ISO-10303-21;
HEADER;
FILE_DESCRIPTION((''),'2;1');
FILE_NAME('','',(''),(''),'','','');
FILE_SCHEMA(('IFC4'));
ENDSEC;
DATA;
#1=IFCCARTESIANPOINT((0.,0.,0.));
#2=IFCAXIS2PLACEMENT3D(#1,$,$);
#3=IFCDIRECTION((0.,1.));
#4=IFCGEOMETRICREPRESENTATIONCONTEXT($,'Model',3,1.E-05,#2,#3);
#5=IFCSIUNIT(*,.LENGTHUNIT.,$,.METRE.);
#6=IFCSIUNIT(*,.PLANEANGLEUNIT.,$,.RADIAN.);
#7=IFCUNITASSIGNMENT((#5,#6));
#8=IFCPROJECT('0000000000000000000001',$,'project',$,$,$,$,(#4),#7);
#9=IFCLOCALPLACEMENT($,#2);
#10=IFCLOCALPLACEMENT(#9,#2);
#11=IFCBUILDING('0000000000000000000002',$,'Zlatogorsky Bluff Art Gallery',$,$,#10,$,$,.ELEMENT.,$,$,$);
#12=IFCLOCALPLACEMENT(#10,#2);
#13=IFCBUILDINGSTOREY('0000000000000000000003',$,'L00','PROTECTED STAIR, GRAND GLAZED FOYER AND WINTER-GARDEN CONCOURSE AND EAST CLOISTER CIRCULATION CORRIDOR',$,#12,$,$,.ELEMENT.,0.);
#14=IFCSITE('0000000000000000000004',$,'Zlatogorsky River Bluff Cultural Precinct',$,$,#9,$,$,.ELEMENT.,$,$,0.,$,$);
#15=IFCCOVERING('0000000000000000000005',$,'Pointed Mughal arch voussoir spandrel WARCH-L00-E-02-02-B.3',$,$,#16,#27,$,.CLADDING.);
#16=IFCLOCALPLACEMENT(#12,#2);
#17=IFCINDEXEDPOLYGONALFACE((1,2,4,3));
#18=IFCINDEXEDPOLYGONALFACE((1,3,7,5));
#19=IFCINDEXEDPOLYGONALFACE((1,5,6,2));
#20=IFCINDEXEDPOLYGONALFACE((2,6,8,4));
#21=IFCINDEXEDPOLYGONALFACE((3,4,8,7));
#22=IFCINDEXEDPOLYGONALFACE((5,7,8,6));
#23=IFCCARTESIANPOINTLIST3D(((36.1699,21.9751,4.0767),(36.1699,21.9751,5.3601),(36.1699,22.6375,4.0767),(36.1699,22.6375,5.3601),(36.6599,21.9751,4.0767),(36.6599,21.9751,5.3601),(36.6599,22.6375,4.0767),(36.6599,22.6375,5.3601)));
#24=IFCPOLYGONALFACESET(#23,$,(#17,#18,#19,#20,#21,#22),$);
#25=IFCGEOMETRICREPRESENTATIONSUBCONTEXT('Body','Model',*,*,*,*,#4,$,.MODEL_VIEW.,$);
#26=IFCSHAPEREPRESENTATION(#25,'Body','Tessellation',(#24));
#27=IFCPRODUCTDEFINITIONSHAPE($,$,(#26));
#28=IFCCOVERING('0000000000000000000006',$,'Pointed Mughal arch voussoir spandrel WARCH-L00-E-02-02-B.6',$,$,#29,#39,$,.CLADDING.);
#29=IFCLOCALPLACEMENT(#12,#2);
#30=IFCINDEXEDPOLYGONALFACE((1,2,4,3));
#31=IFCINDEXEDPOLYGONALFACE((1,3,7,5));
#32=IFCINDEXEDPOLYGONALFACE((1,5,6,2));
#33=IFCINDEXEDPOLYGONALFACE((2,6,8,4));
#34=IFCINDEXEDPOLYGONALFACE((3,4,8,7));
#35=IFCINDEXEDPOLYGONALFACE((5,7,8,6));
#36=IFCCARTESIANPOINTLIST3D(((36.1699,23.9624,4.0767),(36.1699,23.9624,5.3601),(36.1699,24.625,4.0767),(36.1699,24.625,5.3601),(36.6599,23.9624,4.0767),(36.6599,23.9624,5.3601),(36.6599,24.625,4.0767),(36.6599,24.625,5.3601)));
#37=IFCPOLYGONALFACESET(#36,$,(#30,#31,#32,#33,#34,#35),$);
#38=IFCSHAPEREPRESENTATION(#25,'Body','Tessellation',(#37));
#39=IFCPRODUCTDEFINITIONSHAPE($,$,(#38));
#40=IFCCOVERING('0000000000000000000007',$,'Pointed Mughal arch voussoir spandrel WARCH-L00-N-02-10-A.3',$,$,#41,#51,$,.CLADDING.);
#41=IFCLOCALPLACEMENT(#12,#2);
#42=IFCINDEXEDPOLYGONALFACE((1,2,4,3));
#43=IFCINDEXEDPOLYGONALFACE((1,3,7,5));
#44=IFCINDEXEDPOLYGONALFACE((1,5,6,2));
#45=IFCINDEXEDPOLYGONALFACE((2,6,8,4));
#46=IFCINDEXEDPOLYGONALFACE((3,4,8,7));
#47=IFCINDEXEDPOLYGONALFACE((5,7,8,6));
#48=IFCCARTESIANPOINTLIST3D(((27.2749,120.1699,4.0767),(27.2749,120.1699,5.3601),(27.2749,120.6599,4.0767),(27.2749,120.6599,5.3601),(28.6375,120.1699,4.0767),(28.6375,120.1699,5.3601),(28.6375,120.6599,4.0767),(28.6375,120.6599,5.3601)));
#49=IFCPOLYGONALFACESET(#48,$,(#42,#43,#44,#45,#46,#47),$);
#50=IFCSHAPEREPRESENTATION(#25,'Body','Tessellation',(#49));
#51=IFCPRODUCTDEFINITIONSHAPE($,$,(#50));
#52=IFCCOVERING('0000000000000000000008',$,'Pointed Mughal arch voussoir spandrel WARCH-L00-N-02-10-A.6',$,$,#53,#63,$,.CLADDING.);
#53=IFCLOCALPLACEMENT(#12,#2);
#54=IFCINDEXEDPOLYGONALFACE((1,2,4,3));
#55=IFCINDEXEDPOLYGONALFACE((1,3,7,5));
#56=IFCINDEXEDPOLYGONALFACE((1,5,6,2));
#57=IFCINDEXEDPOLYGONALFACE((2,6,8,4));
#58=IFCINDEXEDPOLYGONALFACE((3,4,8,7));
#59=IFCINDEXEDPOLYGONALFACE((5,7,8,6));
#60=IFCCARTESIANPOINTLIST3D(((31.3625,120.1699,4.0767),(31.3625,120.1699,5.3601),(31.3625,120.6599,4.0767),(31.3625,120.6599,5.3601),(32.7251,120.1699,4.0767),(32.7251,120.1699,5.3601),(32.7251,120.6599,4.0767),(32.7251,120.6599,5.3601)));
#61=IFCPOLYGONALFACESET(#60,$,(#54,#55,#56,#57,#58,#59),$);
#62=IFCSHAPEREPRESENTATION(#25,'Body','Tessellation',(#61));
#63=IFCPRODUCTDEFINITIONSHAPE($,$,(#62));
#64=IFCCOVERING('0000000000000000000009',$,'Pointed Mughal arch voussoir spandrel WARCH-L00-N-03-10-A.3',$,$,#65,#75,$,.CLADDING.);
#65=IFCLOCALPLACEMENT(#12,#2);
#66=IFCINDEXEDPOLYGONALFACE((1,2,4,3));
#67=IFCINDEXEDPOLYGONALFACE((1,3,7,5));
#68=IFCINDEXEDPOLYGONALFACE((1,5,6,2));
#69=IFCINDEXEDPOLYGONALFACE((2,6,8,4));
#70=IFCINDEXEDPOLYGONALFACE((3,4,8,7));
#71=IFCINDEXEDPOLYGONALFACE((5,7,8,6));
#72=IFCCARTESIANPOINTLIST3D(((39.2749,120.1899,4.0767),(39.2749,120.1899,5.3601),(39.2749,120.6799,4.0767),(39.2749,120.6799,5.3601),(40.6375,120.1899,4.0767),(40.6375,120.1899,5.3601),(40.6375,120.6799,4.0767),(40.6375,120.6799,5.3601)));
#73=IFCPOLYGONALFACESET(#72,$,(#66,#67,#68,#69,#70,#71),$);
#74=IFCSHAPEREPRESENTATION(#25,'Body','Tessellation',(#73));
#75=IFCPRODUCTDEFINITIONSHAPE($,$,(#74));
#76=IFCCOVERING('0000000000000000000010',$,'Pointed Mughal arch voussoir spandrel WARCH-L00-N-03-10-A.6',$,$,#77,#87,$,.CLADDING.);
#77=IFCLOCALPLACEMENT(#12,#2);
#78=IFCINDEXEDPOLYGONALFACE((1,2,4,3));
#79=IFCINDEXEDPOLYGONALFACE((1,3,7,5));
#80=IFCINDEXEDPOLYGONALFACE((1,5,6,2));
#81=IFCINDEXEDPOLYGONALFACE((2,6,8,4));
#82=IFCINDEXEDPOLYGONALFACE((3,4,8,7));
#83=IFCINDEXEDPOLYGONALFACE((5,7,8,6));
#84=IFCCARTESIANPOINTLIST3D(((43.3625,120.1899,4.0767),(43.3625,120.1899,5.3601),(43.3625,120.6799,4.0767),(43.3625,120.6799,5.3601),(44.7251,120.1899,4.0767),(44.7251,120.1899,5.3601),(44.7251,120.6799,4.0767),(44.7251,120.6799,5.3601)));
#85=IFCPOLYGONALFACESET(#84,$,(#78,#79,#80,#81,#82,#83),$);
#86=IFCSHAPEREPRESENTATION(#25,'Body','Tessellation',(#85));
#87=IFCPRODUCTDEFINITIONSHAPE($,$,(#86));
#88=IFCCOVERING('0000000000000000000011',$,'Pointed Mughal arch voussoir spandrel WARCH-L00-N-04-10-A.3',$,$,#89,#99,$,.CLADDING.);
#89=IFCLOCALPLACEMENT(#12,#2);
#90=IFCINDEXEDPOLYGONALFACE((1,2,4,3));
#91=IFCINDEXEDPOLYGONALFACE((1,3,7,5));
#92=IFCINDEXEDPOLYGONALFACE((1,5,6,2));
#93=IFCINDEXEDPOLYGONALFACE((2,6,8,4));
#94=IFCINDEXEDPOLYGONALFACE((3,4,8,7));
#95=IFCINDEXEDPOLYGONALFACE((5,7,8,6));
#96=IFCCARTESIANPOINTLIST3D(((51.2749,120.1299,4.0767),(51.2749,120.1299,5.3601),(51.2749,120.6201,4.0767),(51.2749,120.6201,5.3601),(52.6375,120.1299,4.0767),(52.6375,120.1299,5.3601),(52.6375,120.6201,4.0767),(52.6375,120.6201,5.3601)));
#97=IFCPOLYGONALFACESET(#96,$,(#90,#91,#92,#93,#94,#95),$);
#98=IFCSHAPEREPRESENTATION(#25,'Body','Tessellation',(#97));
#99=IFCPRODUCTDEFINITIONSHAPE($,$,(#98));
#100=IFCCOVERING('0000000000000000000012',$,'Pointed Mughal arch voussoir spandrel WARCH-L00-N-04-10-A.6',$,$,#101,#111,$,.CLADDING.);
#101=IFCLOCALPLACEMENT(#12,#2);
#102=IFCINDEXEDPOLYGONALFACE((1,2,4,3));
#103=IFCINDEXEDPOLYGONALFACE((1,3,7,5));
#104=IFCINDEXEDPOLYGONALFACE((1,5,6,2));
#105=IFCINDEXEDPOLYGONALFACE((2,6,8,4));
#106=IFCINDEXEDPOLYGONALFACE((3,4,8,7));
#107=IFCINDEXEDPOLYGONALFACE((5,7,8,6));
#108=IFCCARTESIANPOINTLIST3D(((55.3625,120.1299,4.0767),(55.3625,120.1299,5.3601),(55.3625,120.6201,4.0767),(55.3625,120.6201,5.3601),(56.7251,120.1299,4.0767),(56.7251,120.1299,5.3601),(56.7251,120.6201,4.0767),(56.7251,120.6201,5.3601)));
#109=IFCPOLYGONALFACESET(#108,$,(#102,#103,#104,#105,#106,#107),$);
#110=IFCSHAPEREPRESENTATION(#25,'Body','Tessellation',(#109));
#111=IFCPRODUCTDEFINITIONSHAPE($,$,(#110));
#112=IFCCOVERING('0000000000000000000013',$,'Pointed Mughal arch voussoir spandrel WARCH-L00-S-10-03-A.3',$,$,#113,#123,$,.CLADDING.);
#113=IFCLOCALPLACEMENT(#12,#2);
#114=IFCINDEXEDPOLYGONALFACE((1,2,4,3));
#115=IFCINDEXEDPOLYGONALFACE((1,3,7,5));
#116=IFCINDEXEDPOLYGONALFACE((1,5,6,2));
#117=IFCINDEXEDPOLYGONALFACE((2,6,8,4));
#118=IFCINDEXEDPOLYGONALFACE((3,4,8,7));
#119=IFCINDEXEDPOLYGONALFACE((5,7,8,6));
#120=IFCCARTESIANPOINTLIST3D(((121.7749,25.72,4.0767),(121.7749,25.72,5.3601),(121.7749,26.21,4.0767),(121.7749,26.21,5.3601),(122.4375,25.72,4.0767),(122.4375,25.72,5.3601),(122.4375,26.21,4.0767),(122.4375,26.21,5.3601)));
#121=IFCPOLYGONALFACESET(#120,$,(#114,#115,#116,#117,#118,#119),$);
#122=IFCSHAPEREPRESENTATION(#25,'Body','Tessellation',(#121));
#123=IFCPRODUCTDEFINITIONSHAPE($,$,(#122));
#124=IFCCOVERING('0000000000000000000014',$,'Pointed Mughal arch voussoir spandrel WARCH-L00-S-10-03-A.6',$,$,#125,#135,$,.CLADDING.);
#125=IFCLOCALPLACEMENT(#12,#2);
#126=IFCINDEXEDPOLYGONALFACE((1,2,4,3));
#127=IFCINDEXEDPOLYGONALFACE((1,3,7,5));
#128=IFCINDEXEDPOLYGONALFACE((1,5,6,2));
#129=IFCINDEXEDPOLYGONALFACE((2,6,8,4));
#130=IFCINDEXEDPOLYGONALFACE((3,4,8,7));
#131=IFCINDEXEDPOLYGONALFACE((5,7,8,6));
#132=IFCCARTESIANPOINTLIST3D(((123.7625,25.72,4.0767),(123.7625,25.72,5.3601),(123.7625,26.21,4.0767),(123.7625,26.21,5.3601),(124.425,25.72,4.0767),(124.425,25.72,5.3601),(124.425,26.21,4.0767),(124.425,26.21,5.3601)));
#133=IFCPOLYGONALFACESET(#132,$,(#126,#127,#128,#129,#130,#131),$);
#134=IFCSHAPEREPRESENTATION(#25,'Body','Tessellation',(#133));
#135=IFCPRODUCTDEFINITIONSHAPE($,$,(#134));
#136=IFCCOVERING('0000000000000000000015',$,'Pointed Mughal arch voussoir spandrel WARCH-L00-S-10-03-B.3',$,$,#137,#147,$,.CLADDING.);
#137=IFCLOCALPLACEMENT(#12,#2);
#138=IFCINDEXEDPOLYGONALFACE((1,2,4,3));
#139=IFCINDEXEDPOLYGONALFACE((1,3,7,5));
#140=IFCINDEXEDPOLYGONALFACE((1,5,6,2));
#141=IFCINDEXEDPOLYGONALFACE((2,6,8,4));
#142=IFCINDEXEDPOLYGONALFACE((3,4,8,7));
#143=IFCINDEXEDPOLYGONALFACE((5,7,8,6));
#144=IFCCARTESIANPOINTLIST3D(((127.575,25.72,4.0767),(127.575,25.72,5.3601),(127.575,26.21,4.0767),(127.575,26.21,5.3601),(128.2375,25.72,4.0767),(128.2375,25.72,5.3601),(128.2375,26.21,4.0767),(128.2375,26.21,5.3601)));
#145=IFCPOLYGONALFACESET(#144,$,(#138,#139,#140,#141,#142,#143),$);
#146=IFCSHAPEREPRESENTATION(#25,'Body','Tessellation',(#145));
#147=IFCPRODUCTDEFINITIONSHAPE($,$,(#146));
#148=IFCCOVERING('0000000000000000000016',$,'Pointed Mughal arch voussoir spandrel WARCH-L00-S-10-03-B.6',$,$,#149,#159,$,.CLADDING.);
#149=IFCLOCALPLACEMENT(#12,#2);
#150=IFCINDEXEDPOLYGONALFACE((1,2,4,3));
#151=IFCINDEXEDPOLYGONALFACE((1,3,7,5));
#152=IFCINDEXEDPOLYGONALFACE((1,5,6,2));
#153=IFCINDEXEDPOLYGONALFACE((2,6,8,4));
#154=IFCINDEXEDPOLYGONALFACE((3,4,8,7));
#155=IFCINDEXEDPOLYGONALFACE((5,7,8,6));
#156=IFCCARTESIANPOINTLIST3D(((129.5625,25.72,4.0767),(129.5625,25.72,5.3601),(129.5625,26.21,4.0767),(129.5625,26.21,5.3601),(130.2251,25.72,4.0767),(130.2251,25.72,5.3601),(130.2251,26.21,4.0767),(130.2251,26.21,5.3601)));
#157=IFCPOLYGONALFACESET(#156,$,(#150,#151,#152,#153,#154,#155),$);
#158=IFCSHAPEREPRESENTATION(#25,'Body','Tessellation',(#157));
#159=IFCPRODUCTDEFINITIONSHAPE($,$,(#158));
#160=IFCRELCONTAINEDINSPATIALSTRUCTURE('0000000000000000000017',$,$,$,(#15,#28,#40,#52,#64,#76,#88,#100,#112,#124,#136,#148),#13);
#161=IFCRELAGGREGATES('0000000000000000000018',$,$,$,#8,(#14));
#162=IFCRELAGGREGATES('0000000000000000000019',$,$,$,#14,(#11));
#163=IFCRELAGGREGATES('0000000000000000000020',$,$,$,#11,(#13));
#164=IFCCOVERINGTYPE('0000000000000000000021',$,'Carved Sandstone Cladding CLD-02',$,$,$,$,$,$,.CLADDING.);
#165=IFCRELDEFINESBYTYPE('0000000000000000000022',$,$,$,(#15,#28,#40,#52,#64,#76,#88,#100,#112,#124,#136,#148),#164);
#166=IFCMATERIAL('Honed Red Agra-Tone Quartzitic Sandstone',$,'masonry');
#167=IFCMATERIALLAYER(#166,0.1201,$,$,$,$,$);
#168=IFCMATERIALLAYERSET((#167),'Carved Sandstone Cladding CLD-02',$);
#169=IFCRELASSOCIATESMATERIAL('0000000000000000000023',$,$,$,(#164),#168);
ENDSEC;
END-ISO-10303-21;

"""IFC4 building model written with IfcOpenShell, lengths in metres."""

from ifc_helpers import new_model, si_unit, direction, frame, origin, place, context, subcontext, project, spatial, polyline, outline, extrude, material, layer, layer_set, type_object, element, save


model = new_model("IFC4")

# Units and contexts
model_context = context("Model", 3, precision=1e-05, world=origin(), true_north=direction((0.0, 1.0)))
body_context = subcontext(model_context, "Body", "Model", "MODEL_VIEW")
ifc_project = project(units=[si_unit("LENGTHUNIT", "METRE"), si_unit("PLANEANGLEUNIT", "RADIAN")], contexts=[model_context])

# Site, building, storey
site_placement = place(None, origin())
site = spatial("IfcSite", under=ifc_project, at=site_placement, Name="Zlatogorsky River Bluff Cultural Precinct", CompositionType="ELEMENT", RefElevation=0.0)
building_placement = place(site_placement, origin())
building = spatial("IfcBuilding", under=site, at=building_placement, Name="Zlatogorsky Bluff Art Gallery", CompositionType="ELEMENT")
storey_placement = place(building_placement, origin())
storey = spatial("IfcBuildingStorey", under=building, at=storey_placement, Name="L00", Description="PROTECTED STAIR, GRAND GLAZED FOYER AND WINTER-GARDEN CONCOURSE AND EAST CLOISTER CIRCULATION CORRIDOR", CompositionType="ELEMENT", Elevation=0.0)

# Coverings
ifc_material = material(Name="Honed Red Agra-Tone Quartzitic Sandstone", Category="masonry")
ifc_layer = layer(ifc_material, 0.1201)
ifc_layer_set = layer_set([ifc_layer], Name="Carved Sandstone Cladding CLD-02")
covering_type = type_object("IfcCoveringType", Name="Carved Sandstone Cladding CLD-02", PredefinedType="CLADDING", material=ifc_layer_set)
covering_1_placement = place(storey_placement, frame((0.0, 0.0, 4.0767)))
element("IfcCovering", 1, at=covering_1_placement, inside=storey, type_object=covering_type, Name="Pointed Mughal arch voussoir spandrel WARCH-L00-E-02-02-B.3", PredefinedType="CLADDING", context=body_context, shape_type="SweptSolid", body=[
    extrude(outline(polyline([(36.1699, 21.9751), (36.1699, 22.6375), (36.6599, 22.6375), (36.6599, 21.9751), (36.1699, 21.9751)])), origin(), (0.0, 0.0, 1.0), 1.2834),
])
covering_2_placement = place(storey_placement, frame((0.0, 0.0, 4.0767)))
element("IfcCovering", 2, at=covering_2_placement, inside=storey, type_object=covering_type, Name="Pointed Mughal arch voussoir spandrel WARCH-L00-E-02-02-B.6", PredefinedType="CLADDING", context=body_context, shape_type="SweptSolid", body=[
    extrude(outline(polyline([(36.1699, 23.9624), (36.1699, 24.625), (36.6599, 24.625), (36.6599, 23.9624), (36.1699, 23.9624)])), origin(), (0.0, 0.0, 1.0), 1.2834),
])
covering_3_placement = place(storey_placement, frame((0.0, 0.0, 4.0767)))
element("IfcCovering", 3, at=covering_3_placement, inside=storey, type_object=covering_type, Name="Pointed Mughal arch voussoir spandrel WARCH-L00-N-02-10-A.3", PredefinedType="CLADDING", context=body_context, shape_type="SweptSolid", body=[
    extrude(outline(polyline([(27.2749, 120.1699), (28.6375, 120.1699), (28.6375, 120.6599), (27.2749, 120.6599), (27.2749, 120.1699)])), origin(), (0.0, 0.0, 1.0), 1.2834),
])
covering_4_placement = place(storey_placement, frame((0.0, 0.0, 4.0767)))
element("IfcCovering", 4, at=covering_4_placement, inside=storey, type_object=covering_type, Name="Pointed Mughal arch voussoir spandrel WARCH-L00-N-02-10-A.6", PredefinedType="CLADDING", context=body_context, shape_type="SweptSolid", body=[
    extrude(outline(polyline([(31.3625, 120.1699), (32.7251, 120.1699), (32.7251, 120.6599), (31.3625, 120.6599), (31.3625, 120.1699)])), origin(), (0.0, 0.0, 1.0), 1.2834),
])
covering_5_placement = place(storey_placement, frame((0.0, 0.0, 4.0767)))
element("IfcCovering", 5, at=covering_5_placement, inside=storey, type_object=covering_type, Name="Pointed Mughal arch voussoir spandrel WARCH-L00-N-03-10-A.3", PredefinedType="CLADDING", context=body_context, shape_type="SweptSolid", body=[
    extrude(outline(polyline([(39.2749, 120.1899), (40.6375, 120.1899), (40.6375, 120.6799), (39.2749, 120.6799), (39.2749, 120.1899)])), origin(), (0.0, 0.0, 1.0), 1.2834),
])
covering_6_placement = place(storey_placement, frame((0.0, 0.0, 4.0767)))
element("IfcCovering", 6, at=covering_6_placement, inside=storey, type_object=covering_type, Name="Pointed Mughal arch voussoir spandrel WARCH-L00-N-03-10-A.6", PredefinedType="CLADDING", context=body_context, shape_type="SweptSolid", body=[
    extrude(outline(polyline([(43.3625, 120.1899), (44.7251, 120.1899), (44.7251, 120.6799), (43.3625, 120.6799), (43.3625, 120.1899)])), origin(), (0.0, 0.0, 1.0), 1.2834),
])
covering_7_placement = place(storey_placement, frame((0.0, 0.0, 4.0767)))
element("IfcCovering", 7, at=covering_7_placement, inside=storey, type_object=covering_type, Name="Pointed Mughal arch voussoir spandrel WARCH-L00-N-04-10-A.3", PredefinedType="CLADDING", context=body_context, shape_type="SweptSolid", body=[
    extrude(outline(polyline([(51.2749, 120.1299), (52.6375, 120.1299), (52.6375, 120.6201), (51.2749, 120.6201), (51.2749, 120.1299)])), origin(), (0.0, 0.0, 1.0), 1.2834),
])
covering_8_placement = place(storey_placement, frame((0.0, 0.0, 4.0767)))
element("IfcCovering", 8, at=covering_8_placement, inside=storey, type_object=covering_type, Name="Pointed Mughal arch voussoir spandrel WARCH-L00-N-04-10-A.6", PredefinedType="CLADDING", context=body_context, shape_type="SweptSolid", body=[
    extrude(outline(polyline([(55.3625, 120.1299), (56.7251, 120.1299), (56.7251, 120.6201), (55.3625, 120.6201), (55.3625, 120.1299)])), origin(), (0.0, 0.0, 1.0), 1.2834),
])
covering_9_placement = place(storey_placement, frame((0.0, 0.0, 4.0767)))
element("IfcCovering", 9, at=covering_9_placement, inside=storey, type_object=covering_type, Name="Pointed Mughal arch voussoir spandrel WARCH-L00-S-10-03-A.3", PredefinedType="CLADDING", context=body_context, shape_type="SweptSolid", body=[
    extrude(outline(polyline([(121.7749, 25.72), (122.4375, 25.72), (122.4375, 26.21), (121.7749, 26.21), (121.7749, 25.72)])), origin(), (0.0, 0.0, 1.0), 1.2834),
])
covering_10_placement = place(storey_placement, frame((0.0, 0.0, 4.0767)))
element("IfcCovering", 10, at=covering_10_placement, inside=storey, type_object=covering_type, Name="Pointed Mughal arch voussoir spandrel WARCH-L00-S-10-03-A.6", PredefinedType="CLADDING", context=body_context, shape_type="SweptSolid", body=[
    extrude(outline(polyline([(123.7625, 25.72), (124.425, 25.72), (124.425, 26.21), (123.7625, 26.21), (123.7625, 25.72)])), origin(), (0.0, 0.0, 1.0), 1.2834),
])
covering_11_placement = place(storey_placement, frame((0.0, 0.0, 4.0767)))
element("IfcCovering", 11, at=covering_11_placement, inside=storey, type_object=covering_type, Name="Pointed Mughal arch voussoir spandrel WARCH-L00-S-10-03-B.3", PredefinedType="CLADDING", context=body_context, shape_type="SweptSolid", body=[
    extrude(outline(polyline([(127.575, 25.72), (128.2375, 25.72), (128.2375, 26.21), (127.575, 26.21), (127.575, 25.72)])), origin(), (0.0, 0.0, 1.0), 1.2834),
])
covering_12_placement = place(storey_placement, frame((0.0, 0.0, 4.0767)))
element("IfcCovering", 12, at=covering_12_placement, inside=storey, type_object=covering_type, Name="Pointed Mughal arch voussoir spandrel WARCH-L00-S-10-03-B.6", PredefinedType="CLADDING", context=body_context, shape_type="SweptSolid", body=[
    extrude(outline(polyline([(129.5625, 25.72), (130.2251, 25.72), (130.2251, 26.21), (129.5625, 26.21), (129.5625, 25.72)])), origin(), (0.0, 0.0, 1.0), 1.2834),
])

save(model, "model.ifc")
